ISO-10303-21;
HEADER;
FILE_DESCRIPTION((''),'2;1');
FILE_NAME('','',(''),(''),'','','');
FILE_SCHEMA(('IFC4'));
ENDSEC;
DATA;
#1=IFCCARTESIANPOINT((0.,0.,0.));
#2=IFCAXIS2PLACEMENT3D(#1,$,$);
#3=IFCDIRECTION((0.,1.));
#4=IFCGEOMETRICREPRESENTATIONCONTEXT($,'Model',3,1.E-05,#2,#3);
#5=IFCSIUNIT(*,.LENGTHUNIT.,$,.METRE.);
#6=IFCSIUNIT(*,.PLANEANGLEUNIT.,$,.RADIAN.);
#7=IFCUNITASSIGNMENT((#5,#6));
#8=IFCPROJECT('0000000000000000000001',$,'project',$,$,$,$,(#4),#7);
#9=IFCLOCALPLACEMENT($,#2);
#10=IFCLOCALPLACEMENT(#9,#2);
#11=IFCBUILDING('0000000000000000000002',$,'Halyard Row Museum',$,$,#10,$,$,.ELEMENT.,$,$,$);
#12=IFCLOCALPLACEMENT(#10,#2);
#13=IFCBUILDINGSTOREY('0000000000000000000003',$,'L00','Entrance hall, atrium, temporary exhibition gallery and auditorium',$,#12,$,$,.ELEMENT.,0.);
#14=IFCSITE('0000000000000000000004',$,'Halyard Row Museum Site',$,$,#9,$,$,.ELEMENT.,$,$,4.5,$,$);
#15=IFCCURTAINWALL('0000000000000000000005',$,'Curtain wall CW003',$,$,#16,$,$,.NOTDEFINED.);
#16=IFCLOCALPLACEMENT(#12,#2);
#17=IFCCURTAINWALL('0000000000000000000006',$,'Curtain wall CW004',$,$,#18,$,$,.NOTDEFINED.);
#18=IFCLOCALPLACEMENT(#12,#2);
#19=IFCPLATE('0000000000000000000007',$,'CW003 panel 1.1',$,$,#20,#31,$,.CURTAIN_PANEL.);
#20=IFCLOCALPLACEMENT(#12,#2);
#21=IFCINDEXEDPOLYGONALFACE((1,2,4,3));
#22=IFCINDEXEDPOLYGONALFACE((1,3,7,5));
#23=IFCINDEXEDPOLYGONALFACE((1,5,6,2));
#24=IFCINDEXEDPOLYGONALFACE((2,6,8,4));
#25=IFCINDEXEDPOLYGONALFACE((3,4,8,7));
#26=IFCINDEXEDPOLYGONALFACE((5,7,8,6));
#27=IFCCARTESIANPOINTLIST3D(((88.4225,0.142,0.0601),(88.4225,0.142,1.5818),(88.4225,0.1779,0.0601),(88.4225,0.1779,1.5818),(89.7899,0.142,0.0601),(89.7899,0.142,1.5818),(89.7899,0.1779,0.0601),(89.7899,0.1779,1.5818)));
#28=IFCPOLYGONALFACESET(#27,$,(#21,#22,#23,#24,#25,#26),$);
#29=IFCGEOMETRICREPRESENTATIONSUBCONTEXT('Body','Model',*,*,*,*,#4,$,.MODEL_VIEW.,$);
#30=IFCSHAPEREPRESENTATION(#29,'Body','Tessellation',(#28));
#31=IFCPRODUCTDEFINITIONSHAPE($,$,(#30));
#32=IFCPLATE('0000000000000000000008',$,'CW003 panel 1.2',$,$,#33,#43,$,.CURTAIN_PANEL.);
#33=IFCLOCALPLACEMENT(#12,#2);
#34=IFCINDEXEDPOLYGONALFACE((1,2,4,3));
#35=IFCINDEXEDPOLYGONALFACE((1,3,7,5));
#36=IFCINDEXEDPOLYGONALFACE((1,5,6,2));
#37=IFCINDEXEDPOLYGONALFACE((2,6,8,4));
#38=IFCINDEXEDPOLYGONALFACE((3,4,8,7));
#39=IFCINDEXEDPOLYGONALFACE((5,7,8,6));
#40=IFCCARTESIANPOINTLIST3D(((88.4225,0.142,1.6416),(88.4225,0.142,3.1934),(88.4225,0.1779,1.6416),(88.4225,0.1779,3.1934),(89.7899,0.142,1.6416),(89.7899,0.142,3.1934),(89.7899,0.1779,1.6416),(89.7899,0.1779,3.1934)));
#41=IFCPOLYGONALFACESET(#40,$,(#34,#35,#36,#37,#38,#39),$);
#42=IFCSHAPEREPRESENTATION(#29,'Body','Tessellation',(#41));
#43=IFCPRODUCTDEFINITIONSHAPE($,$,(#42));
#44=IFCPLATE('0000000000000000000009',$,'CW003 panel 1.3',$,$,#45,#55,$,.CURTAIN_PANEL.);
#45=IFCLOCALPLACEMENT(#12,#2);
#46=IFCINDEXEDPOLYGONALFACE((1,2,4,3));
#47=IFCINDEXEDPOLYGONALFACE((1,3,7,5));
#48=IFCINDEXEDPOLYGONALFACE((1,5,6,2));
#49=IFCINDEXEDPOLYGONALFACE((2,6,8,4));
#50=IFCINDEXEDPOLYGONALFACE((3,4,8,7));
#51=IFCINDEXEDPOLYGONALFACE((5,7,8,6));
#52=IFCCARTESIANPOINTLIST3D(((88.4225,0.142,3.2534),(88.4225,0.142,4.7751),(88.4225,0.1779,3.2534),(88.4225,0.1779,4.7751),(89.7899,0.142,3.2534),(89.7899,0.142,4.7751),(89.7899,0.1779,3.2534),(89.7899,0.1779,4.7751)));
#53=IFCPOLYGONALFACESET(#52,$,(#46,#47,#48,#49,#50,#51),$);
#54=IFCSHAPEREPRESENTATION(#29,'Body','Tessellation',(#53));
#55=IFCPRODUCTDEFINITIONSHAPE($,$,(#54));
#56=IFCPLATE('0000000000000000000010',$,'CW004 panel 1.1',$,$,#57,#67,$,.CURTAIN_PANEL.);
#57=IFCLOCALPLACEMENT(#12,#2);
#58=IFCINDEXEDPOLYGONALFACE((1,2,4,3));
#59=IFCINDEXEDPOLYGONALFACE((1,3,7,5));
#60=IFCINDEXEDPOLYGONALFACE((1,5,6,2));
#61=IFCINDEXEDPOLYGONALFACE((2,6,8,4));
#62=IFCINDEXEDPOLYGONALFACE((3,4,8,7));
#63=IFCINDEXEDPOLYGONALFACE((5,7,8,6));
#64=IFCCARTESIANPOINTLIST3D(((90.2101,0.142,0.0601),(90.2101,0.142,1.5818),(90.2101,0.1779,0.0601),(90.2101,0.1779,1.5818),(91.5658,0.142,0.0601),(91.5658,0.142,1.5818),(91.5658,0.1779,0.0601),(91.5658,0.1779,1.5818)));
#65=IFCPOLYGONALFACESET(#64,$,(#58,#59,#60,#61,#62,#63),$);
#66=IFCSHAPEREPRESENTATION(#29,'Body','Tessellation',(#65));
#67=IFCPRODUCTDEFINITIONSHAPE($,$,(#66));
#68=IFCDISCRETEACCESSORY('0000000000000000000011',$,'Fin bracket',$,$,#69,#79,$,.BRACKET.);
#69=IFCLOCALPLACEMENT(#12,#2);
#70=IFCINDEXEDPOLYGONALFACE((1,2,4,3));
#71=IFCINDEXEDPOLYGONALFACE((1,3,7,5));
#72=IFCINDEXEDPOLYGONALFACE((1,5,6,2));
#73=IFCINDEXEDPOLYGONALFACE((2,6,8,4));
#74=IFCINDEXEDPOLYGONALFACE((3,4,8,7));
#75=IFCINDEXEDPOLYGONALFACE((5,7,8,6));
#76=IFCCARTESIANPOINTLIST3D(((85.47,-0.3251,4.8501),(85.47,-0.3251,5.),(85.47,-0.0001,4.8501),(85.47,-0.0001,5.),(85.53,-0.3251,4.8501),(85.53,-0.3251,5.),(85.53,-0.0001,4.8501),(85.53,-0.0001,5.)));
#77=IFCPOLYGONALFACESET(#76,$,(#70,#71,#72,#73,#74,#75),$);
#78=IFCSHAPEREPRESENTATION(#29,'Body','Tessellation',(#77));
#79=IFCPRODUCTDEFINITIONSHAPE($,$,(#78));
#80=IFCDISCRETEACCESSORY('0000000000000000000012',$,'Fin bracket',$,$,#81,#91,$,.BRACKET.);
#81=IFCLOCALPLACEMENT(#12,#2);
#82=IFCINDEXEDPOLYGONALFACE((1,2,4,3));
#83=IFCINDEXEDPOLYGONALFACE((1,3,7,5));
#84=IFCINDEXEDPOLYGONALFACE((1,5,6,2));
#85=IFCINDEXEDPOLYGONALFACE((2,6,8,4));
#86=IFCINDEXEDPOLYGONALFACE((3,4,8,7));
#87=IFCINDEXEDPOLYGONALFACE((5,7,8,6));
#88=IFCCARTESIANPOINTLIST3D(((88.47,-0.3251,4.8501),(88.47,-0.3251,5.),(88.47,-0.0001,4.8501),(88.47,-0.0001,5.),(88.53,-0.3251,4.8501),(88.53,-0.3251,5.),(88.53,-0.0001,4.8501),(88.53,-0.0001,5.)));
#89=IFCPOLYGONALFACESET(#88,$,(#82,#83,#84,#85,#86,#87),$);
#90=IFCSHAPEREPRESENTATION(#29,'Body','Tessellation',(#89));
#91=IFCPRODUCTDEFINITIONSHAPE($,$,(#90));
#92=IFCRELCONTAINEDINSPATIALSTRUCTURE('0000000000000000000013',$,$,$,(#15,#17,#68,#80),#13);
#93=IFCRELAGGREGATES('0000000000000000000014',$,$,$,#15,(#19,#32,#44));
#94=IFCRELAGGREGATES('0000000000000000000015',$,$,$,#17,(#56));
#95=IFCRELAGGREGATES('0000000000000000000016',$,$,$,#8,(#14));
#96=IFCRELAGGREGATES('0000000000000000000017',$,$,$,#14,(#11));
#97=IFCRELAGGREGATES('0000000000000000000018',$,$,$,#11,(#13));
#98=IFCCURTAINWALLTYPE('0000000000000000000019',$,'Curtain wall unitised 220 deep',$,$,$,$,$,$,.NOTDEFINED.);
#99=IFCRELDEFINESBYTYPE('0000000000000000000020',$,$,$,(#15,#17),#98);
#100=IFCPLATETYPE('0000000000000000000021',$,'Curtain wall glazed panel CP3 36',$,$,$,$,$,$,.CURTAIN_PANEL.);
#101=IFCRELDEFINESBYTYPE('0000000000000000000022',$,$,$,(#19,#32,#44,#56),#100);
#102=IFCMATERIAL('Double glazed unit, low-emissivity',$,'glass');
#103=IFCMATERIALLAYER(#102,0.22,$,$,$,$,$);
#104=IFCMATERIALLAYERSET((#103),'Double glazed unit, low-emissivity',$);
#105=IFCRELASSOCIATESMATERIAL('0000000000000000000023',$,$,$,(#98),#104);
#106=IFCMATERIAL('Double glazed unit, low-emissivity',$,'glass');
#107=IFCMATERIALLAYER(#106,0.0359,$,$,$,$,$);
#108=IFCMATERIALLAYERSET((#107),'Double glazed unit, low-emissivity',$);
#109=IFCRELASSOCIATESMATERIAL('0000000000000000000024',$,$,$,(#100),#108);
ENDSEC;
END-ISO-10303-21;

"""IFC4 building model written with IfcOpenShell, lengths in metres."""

from ifc_helpers import new_model, si_unit, direction, frame, origin, origin_2d, place, context, subcontext, project, spatial, rectangle, extrude, material, layer, layer_set, type_object, element, aggregate, save


model = new_model("IFC4")

# Units and contexts
model_context = context("Model", 3, precision=1e-05, world=origin(), true_north=direction((0.0, 1.0)))
body_context = subcontext(model_context, "Body", "Model", "MODEL_VIEW")
ifc_project = project(units=[si_unit("LENGTHUNIT", "METRE"), si_unit("PLANEANGLEUNIT", "RADIAN")], contexts=[model_context])

# Site, building, storey
site_placement = place(None, origin())
site = spatial("IfcSite", under=ifc_project, at=site_placement, Name="Halyard Row Museum Site", CompositionType="ELEMENT", RefElevation=4.5)
building_placement = place(site_placement, origin())
building = spatial("IfcBuilding", under=site, at=building_placement, Name="Halyard Row Museum", CompositionType="ELEMENT")
storey_placement = place(building_placement, origin())
storey = spatial("IfcBuildingStorey", under=building, at=storey_placement, Name="L00", Description="Entrance hall, atrium, temporary exhibition gallery and auditorium", CompositionType="ELEMENT", Elevation=0.0)

# Shared definitions
ifc_material_1 = material(Name="Double glazed unit, low-emissivity", Category="glass")
ifc_layer_1 = layer(ifc_material_1, 0.22)
ifc_layer_set_1 = layer_set([ifc_layer_1], Name="Double glazed unit, low-emissivity")
curtain_wall_type = type_object("IfcCurtainWallType", Name="Curtain wall unitised 220 deep", PredefinedType="NOTDEFINED", material=ifc_layer_set_1)

# Curtain wall
curtain_wall_1_placement = place(storey_placement, origin())
curtain_wall_1 = element("IfcCurtainWall", 1, at=curtain_wall_1_placement, inside=storey, type_object=curtain_wall_type, Name="Curtain wall CW003", PredefinedType="NOTDEFINED")

# Curtain wall
curtain_wall_2_placement = place(storey_placement, origin())
curtain_wall_2 = element("IfcCurtainWall", 2, at=curtain_wall_2_placement, inside=storey, type_object=curtain_wall_type, Name="Curtain wall CW004", PredefinedType="NOTDEFINED")

# Plates
ifc_material_2 = material(Name="Double glazed unit, low-emissivity", Category="glass")
ifc_layer_2 = layer(ifc_material_2, 0.0359)
ifc_layer_set_2 = layer_set([ifc_layer_2], Name="Double glazed unit, low-emissivity")
plate_type = type_object("IfcPlateType", Name="Curtain wall glazed panel CP3 36", PredefinedType="CURTAIN_PANEL", material=ifc_layer_set_2)
plate_1_placement = place(storey_placement, frame((89.1062, 0.1599, 0.0601), z_axis=(0.0, 0.0, 1.0), x_axis=(1.0, 0.0, 0.0)))
plate_1 = element("IfcPlate", 3, at=plate_1_placement, type_object=plate_type, Name="CW003 panel 1.1", PredefinedType="CURTAIN_PANEL", context=body_context, shape_type="SweptSolid", body=[
    extrude(rectangle(XDim=1.3674, YDim=0.0359, at=origin_2d()), origin(), (0.0, 0.0, 1.0), 1.5217),
])
plate_2_placement = place(storey_placement, frame((89.1062, 0.1599, 1.6416), z_axis=(0.0, 0.0, 1.0), x_axis=(1.0, 0.0, 0.0)))
plate_2 = element("IfcPlate", 4, at=plate_2_placement, type_object=plate_type, Name="CW003 panel 1.2", PredefinedType="CURTAIN_PANEL", context=body_context, shape_type="SweptSolid", body=[
    extrude(rectangle(XDim=1.3674, YDim=0.0359, at=origin_2d()), origin(), (0.0, 0.0, 1.0), 1.5518),
])
plate_3_placement = place(storey_placement, frame((89.1062, 0.1599, 3.2534), z_axis=(0.0, 0.0, 1.0), x_axis=(1.0, 0.0, 0.0)))
plate_3 = element("IfcPlate", 5, at=plate_3_placement, type_object=plate_type, Name="CW003 panel 1.3", PredefinedType="CURTAIN_PANEL", context=body_context, shape_type="SweptSolid", body=[
    extrude(rectangle(XDim=1.3674, YDim=0.0359, at=origin_2d()), origin(), (0.0, 0.0, 1.0), 1.5217),
])
aggregate(curtain_wall_1, [plate_1, plate_2, plate_3])
plate_4_placement = place(storey_placement, frame((90.8879, 0.1599, 0.0601), z_axis=(0.0, 0.0, 1.0), x_axis=(1.0, 0.0, 0.0)))
plate_4 = element("IfcPlate", 6, at=plate_4_placement, type_object=plate_type, Name="CW004 panel 1.1", PredefinedType="CURTAIN_PANEL", context=body_context, shape_type="SweptSolid", body=[
    extrude(rectangle(XDim=1.3557, YDim=0.0359, at=origin_2d()), origin(), (0.0, 0.0, 1.0), 1.5217),
])
aggregate(curtain_wall_2, [plate_4])

# Discrete accessories
for number, where, z_axis, x_axis, name in (
    (7, (85.5, -0.1626, 4.8501), (0.0, 0.0, 1.0), (1.0, 0.0, 0.0), "Fin bracket"),
    (8, (88.5, -0.1626, 4.8501), (0.0, 0.0, 1.0), (1.0, 0.0, 0.0), "Fin bracket"),
):
    element("IfcDiscreteAccessory", number, at=place(storey_placement, frame(where, z_axis=z_axis, x_axis=x_axis)), inside=storey, Name=name, PredefinedType="BRACKET", context=body_context, shape_type="SweptSolid", body=[
        extrude(rectangle(XDim=0.0601, YDim=0.325, at=origin_2d()), origin(), (0.0, 0.0, 1.0), 0.1499),
    ])

save(model, "model.ifc")
